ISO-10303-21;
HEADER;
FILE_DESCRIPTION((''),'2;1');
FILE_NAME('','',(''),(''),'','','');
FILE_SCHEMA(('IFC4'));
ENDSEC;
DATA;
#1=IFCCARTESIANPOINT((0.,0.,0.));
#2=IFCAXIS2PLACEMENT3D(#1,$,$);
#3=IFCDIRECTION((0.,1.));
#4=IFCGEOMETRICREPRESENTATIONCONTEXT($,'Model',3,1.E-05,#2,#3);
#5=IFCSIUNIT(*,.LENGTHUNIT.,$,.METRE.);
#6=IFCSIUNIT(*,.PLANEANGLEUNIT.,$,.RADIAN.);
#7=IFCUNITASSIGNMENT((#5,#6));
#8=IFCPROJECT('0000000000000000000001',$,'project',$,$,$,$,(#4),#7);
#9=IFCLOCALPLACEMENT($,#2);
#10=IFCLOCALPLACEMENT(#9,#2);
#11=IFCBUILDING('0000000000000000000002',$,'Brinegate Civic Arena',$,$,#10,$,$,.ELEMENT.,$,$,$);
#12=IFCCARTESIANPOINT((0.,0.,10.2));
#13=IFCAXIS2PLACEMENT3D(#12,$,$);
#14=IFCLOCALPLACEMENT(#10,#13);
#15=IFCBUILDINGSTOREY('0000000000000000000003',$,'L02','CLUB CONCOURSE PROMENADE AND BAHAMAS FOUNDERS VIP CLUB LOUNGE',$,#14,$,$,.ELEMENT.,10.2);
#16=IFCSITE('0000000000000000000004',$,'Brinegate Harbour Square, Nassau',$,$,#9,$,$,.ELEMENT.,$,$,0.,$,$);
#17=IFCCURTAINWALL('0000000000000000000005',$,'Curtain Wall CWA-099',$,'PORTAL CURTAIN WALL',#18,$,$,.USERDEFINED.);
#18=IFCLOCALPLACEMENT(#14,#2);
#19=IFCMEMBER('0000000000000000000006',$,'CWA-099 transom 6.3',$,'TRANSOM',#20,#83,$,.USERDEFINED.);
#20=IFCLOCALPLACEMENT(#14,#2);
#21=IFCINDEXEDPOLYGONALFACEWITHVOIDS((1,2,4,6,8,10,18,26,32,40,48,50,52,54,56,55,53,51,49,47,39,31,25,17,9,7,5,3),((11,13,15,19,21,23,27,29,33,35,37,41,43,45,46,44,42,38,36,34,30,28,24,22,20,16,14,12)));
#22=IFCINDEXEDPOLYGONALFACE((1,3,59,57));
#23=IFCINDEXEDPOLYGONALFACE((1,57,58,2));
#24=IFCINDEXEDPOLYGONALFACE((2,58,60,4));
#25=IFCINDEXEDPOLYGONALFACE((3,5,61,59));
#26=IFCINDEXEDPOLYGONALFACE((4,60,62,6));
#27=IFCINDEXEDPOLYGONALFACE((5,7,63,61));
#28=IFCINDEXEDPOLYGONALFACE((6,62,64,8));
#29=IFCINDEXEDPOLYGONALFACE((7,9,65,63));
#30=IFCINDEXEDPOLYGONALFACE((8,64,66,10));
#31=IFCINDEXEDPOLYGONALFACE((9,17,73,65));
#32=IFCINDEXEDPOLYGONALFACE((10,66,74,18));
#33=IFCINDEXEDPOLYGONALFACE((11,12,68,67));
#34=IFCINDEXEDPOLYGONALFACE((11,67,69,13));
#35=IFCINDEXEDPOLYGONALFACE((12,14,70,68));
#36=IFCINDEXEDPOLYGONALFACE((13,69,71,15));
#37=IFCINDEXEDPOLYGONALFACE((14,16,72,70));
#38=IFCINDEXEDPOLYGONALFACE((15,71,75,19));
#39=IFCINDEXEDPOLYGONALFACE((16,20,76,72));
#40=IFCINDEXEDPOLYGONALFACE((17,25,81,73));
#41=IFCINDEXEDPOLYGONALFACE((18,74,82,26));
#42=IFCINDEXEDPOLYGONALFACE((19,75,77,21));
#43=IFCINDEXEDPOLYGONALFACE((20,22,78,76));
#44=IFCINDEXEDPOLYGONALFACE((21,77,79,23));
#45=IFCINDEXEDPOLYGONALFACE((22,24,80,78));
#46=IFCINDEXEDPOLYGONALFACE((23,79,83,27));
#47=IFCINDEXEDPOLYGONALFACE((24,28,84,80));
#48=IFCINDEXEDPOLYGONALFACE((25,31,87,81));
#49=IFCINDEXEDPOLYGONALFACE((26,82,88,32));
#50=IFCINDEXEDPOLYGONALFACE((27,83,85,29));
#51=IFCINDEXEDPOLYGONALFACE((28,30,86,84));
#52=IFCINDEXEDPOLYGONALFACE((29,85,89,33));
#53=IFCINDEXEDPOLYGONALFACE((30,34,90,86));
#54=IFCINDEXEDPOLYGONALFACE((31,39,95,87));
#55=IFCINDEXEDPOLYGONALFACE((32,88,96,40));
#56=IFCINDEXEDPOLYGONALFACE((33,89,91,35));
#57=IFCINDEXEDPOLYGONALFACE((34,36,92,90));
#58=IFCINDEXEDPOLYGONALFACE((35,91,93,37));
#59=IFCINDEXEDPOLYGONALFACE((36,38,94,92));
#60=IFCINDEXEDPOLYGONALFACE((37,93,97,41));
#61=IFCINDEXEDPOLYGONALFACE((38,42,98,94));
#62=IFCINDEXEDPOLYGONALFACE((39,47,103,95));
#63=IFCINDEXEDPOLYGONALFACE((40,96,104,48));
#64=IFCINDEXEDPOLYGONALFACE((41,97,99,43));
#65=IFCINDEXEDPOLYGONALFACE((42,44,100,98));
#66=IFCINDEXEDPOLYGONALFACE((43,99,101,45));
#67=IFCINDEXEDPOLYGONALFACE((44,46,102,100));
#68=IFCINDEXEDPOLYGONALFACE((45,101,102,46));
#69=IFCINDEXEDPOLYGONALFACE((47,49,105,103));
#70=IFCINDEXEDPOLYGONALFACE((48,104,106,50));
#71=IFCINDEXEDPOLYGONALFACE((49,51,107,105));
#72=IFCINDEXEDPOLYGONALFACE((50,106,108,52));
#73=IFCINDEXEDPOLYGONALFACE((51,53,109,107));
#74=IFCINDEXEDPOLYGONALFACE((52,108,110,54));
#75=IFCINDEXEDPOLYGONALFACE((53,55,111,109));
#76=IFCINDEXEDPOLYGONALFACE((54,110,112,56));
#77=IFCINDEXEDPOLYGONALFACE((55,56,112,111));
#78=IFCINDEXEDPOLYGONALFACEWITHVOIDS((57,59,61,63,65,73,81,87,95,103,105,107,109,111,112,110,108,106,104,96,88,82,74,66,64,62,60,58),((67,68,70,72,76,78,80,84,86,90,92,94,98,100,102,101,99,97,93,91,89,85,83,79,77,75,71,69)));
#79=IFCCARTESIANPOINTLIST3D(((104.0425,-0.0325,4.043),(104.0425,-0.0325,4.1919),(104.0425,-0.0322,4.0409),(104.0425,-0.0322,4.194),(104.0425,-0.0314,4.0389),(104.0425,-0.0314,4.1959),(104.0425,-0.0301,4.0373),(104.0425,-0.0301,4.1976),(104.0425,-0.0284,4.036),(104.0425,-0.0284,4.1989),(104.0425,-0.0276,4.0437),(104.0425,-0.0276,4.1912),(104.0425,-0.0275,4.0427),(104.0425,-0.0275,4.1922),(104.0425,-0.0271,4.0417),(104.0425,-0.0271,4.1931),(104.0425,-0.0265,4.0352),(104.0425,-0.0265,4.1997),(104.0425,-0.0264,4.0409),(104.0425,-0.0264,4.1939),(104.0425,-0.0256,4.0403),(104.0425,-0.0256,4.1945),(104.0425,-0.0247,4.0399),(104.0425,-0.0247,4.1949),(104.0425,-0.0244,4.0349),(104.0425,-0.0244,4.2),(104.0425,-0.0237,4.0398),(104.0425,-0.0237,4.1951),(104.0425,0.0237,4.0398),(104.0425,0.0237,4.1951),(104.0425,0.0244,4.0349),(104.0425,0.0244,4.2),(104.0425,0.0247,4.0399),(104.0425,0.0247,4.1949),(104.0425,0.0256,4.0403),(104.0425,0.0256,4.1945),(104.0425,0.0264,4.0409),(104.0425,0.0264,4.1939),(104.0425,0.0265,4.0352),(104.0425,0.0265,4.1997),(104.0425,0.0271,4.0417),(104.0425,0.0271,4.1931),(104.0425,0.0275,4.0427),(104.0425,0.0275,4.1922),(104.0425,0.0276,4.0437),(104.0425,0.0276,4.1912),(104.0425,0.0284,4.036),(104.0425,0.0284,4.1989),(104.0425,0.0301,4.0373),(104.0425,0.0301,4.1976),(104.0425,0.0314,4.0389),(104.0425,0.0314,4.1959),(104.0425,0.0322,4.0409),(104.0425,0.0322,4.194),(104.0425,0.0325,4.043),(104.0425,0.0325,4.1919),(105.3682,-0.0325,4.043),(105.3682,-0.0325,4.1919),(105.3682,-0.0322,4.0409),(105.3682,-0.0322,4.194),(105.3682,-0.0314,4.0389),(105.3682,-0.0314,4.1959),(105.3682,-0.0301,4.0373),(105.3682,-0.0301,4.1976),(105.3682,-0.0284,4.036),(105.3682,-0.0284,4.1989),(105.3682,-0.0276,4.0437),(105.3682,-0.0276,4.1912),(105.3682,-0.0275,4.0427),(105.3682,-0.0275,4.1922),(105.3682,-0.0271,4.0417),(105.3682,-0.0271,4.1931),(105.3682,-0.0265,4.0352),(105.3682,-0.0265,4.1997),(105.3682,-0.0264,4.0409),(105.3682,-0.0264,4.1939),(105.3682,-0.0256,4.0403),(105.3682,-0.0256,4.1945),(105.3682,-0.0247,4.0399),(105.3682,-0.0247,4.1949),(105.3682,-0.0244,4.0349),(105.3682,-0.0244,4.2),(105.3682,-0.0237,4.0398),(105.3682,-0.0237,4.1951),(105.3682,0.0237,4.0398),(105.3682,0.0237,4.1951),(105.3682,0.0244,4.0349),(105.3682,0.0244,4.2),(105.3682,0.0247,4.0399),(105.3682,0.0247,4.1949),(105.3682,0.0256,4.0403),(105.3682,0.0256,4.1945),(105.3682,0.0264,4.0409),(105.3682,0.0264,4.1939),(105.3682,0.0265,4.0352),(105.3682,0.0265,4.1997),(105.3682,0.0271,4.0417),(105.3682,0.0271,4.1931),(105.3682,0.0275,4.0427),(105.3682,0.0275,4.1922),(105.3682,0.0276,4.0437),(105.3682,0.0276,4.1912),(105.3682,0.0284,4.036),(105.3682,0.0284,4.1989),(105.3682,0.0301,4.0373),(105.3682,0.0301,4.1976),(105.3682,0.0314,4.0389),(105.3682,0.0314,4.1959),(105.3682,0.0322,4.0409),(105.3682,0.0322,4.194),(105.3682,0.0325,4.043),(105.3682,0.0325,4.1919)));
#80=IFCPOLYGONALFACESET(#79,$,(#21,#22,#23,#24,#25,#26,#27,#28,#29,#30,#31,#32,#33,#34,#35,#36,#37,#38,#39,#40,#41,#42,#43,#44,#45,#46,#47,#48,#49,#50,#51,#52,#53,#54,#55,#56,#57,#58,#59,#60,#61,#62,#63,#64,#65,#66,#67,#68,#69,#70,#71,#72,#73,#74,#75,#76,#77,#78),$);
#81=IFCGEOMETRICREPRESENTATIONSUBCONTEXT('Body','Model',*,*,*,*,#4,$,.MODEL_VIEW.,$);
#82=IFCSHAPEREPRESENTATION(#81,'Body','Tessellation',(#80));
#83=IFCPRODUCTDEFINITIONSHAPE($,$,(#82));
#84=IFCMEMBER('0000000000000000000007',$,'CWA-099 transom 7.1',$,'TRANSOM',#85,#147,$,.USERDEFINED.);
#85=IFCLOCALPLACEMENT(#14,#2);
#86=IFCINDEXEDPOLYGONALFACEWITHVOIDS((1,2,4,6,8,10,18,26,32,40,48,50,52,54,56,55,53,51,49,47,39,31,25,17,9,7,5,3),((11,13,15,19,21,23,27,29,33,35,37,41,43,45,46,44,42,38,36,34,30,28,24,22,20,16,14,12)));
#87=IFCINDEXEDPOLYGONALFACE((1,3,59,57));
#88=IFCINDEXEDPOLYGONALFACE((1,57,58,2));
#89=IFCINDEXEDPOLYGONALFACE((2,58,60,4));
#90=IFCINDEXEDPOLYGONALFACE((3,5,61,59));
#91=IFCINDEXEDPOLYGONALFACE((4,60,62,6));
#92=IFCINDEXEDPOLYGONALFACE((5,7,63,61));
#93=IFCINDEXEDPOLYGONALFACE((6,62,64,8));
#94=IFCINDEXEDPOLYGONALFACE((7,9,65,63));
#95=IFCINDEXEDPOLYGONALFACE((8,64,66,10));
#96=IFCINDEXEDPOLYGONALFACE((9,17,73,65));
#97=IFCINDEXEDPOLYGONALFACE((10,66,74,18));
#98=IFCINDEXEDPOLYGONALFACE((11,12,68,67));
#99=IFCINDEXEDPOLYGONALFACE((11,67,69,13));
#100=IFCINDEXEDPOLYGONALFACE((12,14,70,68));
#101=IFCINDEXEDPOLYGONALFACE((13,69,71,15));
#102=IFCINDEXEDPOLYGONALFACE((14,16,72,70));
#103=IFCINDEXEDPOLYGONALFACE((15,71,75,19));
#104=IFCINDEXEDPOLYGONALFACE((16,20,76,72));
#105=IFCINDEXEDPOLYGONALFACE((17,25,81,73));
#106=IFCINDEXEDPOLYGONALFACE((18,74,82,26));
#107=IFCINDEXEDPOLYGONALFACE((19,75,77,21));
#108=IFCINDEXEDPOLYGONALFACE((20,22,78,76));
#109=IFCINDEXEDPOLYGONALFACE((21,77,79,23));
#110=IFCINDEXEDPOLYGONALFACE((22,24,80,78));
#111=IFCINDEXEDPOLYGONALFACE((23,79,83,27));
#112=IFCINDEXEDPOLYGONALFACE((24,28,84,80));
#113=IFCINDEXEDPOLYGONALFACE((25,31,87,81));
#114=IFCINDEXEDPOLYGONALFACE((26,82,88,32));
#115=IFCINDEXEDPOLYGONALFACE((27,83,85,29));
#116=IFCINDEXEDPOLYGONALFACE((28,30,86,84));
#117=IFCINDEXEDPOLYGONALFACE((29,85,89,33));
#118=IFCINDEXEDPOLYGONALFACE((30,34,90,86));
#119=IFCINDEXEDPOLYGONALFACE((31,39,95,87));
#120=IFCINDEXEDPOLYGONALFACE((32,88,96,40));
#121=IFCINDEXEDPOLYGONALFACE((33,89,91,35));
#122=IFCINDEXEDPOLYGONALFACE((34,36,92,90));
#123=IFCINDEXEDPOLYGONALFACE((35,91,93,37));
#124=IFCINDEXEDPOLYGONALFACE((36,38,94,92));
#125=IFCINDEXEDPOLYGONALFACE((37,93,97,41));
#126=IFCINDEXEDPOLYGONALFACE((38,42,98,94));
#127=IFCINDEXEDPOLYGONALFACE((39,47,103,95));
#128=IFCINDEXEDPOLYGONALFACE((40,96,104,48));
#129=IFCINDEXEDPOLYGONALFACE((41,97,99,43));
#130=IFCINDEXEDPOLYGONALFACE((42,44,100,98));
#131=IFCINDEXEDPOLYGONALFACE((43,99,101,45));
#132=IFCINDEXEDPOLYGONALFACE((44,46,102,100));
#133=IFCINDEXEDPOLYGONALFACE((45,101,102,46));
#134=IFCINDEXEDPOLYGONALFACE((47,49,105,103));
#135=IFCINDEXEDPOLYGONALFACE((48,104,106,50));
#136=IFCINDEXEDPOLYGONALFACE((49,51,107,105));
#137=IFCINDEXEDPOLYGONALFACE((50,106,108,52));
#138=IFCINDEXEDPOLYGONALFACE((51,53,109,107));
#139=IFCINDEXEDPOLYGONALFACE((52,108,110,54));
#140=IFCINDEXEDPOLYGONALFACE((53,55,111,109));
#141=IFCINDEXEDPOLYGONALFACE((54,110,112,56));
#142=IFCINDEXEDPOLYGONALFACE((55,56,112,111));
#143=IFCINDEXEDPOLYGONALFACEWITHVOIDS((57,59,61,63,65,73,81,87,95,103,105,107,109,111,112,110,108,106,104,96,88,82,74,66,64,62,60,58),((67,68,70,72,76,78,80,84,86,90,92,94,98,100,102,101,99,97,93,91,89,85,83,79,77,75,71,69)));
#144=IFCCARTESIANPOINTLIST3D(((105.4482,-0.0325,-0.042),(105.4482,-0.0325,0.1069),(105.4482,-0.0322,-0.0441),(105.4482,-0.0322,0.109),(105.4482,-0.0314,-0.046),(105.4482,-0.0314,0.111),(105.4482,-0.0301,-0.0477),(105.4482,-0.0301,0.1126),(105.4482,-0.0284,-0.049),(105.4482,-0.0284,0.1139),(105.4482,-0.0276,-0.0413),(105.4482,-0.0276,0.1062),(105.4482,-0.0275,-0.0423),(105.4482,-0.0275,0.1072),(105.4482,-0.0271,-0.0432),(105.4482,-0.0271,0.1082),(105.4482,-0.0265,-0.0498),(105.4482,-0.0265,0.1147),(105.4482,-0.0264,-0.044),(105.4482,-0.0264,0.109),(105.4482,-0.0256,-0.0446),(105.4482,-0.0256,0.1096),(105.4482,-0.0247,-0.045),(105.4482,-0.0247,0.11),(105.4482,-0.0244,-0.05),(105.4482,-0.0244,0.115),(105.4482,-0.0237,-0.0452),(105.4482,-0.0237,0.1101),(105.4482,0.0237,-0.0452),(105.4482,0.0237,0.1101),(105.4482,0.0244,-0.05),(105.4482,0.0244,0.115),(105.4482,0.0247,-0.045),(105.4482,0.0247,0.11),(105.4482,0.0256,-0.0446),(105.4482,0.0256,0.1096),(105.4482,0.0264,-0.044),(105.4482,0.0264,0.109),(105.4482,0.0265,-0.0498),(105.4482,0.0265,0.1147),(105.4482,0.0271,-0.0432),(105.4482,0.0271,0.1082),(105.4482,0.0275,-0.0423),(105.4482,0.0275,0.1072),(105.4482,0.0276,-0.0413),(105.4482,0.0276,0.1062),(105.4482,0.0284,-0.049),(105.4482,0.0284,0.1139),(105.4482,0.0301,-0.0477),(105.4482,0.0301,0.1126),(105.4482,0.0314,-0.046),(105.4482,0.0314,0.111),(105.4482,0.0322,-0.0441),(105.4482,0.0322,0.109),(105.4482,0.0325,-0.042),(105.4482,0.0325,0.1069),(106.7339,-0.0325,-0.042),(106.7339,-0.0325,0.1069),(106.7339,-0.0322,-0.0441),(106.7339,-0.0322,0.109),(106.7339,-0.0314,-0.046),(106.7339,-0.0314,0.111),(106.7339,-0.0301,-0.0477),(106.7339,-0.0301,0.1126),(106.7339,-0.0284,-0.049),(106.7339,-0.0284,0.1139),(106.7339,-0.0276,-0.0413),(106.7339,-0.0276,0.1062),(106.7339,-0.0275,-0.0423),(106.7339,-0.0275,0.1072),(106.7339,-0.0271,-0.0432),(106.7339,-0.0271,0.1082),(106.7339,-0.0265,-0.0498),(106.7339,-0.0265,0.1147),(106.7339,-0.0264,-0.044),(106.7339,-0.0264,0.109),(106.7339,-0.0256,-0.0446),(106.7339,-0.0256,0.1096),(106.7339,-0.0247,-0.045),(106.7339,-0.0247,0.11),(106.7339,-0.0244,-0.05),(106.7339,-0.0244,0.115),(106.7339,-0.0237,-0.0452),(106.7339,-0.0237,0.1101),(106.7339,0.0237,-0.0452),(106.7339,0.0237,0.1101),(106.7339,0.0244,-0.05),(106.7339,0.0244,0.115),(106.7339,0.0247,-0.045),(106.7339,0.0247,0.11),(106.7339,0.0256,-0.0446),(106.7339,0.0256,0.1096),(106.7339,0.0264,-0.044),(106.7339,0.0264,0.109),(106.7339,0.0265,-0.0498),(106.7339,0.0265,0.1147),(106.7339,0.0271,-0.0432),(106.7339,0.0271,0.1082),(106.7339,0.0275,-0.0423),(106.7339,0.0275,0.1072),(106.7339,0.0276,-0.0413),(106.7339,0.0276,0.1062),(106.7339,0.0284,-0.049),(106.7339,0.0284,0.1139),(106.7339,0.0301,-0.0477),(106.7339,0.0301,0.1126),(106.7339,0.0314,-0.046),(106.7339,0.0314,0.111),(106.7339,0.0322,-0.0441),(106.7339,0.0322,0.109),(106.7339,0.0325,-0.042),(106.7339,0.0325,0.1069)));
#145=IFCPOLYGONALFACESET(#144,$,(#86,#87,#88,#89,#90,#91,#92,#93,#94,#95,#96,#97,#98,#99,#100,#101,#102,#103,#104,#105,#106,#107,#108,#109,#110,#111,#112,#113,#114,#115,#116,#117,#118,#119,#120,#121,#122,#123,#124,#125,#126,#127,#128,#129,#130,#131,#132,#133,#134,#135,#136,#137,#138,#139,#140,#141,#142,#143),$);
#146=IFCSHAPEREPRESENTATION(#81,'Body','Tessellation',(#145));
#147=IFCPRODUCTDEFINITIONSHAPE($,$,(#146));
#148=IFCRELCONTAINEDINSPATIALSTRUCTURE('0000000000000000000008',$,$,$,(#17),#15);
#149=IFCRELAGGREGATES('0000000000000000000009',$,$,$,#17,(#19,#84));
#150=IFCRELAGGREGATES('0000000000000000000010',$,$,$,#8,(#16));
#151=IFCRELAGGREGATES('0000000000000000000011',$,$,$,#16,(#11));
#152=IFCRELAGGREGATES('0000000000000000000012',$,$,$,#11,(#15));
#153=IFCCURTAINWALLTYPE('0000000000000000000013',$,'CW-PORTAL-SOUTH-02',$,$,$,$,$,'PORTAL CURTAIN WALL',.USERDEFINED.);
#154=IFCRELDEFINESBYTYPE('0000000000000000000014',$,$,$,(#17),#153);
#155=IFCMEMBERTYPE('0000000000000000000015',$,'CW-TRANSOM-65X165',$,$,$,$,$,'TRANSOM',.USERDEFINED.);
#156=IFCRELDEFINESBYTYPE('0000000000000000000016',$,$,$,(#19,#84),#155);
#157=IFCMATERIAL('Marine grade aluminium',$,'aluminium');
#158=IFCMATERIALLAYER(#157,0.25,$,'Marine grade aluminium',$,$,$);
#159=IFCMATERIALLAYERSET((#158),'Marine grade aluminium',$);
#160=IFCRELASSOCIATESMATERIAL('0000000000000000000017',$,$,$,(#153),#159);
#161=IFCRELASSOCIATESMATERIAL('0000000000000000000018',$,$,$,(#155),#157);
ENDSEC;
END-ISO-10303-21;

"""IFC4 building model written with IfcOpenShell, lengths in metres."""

from ifc_helpers import new_model, si_unit, direction, frame, origin, origin_2d, place, context, subcontext, project, spatial, hollow_rectangle, extrude, material, layer, layer_set, material_profile, profile_set, type_object, element, aggregate, save


model = new_model("IFC4")

# Units and contexts
model_context = context("Model", 3, precision=1e-05, world=origin(), true_north=direction((0.0, 1.0)))
body_context = subcontext(model_context, "Body", "Model", "MODEL_VIEW")
ifc_project = project(units=[si_unit("LENGTHUNIT", "METRE"), si_unit("PLANEANGLEUNIT", "RADIAN")], contexts=[model_context])

# Site, building, storey
site_placement = place(None, origin())
site = spatial("IfcSite", under=ifc_project, at=site_placement, Name="Brinegate Harbour Square, Nassau", CompositionType="ELEMENT", RefElevation=0.0)
building_placement = place(site_placement, origin())
building = spatial("IfcBuilding", under=site, at=building_placement, Name="Brinegate Civic Arena", CompositionType="ELEMENT")
storey_placement = place(building_placement, frame((0.0, 0.0, 10.2)))
storey = spatial("IfcBuildingStorey", under=building, at=storey_placement, Name="L02", Description="CLUB CONCOURSE PROMENADE AND BAHAMAS FOUNDERS VIP CLUB LOUNGE", CompositionType="ELEMENT", Elevation=10.2)

# Curtain wall, members
ifc_material_1 = material(Name="Marine grade aluminium", Category="aluminium")
ifc_layer_1 = layer(ifc_material_1, 0.25, Name="Marine grade aluminium")
ifc_layer_set_1 = layer_set([ifc_layer_1], Name="Marine grade aluminium")
curtain_wall_type = type_object("IfcCurtainWallType", Name="CW-PORTAL-SOUTH-02", ElementType="PORTAL CURTAIN WALL", PredefinedType="USERDEFINED", material=ifc_layer_set_1)
curtain_wall_placement = place(storey_placement, origin())
curtain_wall = element("IfcCurtainWall", 1, at=curtain_wall_placement, inside=storey, type_object=curtain_wall_type, Name="Curtain Wall CWA-099", ObjectType="PORTAL CURTAIN WALL", PredefinedType="USERDEFINED")
ifc_material_profile_1 = material_profile(ifc_material_1, hollow_rectangle(XDim=0.0649, YDim=0.165, WallThickness=0.0049, InnerFilletRadius=0.0039, OuterFilletRadius=0.0081, at=origin_2d()), Name="TRN65X165")
ifc_profile_set_1 = profile_set([ifc_material_profile_1], Name="Marine grade aluminium")
member_type_1 = type_object("IfcMemberType", Name="CW-TRANSOM-65X165", ElementType="TRANSOM", PredefinedType="USERDEFINED", material=ifc_profile_set_1)
member_1_placement = place(storey_placement, frame((104.0425, 0.0, 4.1174), z_axis=(1.0, 0.0, 0.0), x_axis=(0.0, 1.0, 0.0)))
member_1 = element("IfcMember", 2, at=member_1_placement, type_object=member_type_1, Name="CWA-099 transom 6.3", ObjectType="TRANSOM", PredefinedType="USERDEFINED", context=body_context, shape_type="SweptSolid", body=[
    extrude(hollow_rectangle(XDim=0.0649, YDim=0.165, WallThickness=0.0049, InnerFilletRadius=0.0039, OuterFilletRadius=0.0081, at=origin_2d()), origin(), (0.0, 0.0, 1.0), 1.3257),
])
member_2_placement = place(storey_placement, frame((105.4482, 0.0, 0.0325), z_axis=(1.0, 0.0, 0.0), x_axis=(0.0, 1.0, 0.0)))
member_2 = element("IfcMember", 3, at=member_2_placement, type_object=member_type_1, Name="CWA-099 transom 7.1", ObjectType="TRANSOM", PredefinedType="USERDEFINED", context=body_context, shape_type="SweptSolid", body=[
    extrude(hollow_rectangle(XDim=0.0649, YDim=0.165, WallThickness=0.0049, InnerFilletRadius=0.0039, OuterFilletRadius=0.0081, at=origin_2d()), origin(), (0.0, 0.0, 1.0), 1.2856),
])

aggregate(curtain_wall, [member_1, member_2])

save(model, "model.ifc")
